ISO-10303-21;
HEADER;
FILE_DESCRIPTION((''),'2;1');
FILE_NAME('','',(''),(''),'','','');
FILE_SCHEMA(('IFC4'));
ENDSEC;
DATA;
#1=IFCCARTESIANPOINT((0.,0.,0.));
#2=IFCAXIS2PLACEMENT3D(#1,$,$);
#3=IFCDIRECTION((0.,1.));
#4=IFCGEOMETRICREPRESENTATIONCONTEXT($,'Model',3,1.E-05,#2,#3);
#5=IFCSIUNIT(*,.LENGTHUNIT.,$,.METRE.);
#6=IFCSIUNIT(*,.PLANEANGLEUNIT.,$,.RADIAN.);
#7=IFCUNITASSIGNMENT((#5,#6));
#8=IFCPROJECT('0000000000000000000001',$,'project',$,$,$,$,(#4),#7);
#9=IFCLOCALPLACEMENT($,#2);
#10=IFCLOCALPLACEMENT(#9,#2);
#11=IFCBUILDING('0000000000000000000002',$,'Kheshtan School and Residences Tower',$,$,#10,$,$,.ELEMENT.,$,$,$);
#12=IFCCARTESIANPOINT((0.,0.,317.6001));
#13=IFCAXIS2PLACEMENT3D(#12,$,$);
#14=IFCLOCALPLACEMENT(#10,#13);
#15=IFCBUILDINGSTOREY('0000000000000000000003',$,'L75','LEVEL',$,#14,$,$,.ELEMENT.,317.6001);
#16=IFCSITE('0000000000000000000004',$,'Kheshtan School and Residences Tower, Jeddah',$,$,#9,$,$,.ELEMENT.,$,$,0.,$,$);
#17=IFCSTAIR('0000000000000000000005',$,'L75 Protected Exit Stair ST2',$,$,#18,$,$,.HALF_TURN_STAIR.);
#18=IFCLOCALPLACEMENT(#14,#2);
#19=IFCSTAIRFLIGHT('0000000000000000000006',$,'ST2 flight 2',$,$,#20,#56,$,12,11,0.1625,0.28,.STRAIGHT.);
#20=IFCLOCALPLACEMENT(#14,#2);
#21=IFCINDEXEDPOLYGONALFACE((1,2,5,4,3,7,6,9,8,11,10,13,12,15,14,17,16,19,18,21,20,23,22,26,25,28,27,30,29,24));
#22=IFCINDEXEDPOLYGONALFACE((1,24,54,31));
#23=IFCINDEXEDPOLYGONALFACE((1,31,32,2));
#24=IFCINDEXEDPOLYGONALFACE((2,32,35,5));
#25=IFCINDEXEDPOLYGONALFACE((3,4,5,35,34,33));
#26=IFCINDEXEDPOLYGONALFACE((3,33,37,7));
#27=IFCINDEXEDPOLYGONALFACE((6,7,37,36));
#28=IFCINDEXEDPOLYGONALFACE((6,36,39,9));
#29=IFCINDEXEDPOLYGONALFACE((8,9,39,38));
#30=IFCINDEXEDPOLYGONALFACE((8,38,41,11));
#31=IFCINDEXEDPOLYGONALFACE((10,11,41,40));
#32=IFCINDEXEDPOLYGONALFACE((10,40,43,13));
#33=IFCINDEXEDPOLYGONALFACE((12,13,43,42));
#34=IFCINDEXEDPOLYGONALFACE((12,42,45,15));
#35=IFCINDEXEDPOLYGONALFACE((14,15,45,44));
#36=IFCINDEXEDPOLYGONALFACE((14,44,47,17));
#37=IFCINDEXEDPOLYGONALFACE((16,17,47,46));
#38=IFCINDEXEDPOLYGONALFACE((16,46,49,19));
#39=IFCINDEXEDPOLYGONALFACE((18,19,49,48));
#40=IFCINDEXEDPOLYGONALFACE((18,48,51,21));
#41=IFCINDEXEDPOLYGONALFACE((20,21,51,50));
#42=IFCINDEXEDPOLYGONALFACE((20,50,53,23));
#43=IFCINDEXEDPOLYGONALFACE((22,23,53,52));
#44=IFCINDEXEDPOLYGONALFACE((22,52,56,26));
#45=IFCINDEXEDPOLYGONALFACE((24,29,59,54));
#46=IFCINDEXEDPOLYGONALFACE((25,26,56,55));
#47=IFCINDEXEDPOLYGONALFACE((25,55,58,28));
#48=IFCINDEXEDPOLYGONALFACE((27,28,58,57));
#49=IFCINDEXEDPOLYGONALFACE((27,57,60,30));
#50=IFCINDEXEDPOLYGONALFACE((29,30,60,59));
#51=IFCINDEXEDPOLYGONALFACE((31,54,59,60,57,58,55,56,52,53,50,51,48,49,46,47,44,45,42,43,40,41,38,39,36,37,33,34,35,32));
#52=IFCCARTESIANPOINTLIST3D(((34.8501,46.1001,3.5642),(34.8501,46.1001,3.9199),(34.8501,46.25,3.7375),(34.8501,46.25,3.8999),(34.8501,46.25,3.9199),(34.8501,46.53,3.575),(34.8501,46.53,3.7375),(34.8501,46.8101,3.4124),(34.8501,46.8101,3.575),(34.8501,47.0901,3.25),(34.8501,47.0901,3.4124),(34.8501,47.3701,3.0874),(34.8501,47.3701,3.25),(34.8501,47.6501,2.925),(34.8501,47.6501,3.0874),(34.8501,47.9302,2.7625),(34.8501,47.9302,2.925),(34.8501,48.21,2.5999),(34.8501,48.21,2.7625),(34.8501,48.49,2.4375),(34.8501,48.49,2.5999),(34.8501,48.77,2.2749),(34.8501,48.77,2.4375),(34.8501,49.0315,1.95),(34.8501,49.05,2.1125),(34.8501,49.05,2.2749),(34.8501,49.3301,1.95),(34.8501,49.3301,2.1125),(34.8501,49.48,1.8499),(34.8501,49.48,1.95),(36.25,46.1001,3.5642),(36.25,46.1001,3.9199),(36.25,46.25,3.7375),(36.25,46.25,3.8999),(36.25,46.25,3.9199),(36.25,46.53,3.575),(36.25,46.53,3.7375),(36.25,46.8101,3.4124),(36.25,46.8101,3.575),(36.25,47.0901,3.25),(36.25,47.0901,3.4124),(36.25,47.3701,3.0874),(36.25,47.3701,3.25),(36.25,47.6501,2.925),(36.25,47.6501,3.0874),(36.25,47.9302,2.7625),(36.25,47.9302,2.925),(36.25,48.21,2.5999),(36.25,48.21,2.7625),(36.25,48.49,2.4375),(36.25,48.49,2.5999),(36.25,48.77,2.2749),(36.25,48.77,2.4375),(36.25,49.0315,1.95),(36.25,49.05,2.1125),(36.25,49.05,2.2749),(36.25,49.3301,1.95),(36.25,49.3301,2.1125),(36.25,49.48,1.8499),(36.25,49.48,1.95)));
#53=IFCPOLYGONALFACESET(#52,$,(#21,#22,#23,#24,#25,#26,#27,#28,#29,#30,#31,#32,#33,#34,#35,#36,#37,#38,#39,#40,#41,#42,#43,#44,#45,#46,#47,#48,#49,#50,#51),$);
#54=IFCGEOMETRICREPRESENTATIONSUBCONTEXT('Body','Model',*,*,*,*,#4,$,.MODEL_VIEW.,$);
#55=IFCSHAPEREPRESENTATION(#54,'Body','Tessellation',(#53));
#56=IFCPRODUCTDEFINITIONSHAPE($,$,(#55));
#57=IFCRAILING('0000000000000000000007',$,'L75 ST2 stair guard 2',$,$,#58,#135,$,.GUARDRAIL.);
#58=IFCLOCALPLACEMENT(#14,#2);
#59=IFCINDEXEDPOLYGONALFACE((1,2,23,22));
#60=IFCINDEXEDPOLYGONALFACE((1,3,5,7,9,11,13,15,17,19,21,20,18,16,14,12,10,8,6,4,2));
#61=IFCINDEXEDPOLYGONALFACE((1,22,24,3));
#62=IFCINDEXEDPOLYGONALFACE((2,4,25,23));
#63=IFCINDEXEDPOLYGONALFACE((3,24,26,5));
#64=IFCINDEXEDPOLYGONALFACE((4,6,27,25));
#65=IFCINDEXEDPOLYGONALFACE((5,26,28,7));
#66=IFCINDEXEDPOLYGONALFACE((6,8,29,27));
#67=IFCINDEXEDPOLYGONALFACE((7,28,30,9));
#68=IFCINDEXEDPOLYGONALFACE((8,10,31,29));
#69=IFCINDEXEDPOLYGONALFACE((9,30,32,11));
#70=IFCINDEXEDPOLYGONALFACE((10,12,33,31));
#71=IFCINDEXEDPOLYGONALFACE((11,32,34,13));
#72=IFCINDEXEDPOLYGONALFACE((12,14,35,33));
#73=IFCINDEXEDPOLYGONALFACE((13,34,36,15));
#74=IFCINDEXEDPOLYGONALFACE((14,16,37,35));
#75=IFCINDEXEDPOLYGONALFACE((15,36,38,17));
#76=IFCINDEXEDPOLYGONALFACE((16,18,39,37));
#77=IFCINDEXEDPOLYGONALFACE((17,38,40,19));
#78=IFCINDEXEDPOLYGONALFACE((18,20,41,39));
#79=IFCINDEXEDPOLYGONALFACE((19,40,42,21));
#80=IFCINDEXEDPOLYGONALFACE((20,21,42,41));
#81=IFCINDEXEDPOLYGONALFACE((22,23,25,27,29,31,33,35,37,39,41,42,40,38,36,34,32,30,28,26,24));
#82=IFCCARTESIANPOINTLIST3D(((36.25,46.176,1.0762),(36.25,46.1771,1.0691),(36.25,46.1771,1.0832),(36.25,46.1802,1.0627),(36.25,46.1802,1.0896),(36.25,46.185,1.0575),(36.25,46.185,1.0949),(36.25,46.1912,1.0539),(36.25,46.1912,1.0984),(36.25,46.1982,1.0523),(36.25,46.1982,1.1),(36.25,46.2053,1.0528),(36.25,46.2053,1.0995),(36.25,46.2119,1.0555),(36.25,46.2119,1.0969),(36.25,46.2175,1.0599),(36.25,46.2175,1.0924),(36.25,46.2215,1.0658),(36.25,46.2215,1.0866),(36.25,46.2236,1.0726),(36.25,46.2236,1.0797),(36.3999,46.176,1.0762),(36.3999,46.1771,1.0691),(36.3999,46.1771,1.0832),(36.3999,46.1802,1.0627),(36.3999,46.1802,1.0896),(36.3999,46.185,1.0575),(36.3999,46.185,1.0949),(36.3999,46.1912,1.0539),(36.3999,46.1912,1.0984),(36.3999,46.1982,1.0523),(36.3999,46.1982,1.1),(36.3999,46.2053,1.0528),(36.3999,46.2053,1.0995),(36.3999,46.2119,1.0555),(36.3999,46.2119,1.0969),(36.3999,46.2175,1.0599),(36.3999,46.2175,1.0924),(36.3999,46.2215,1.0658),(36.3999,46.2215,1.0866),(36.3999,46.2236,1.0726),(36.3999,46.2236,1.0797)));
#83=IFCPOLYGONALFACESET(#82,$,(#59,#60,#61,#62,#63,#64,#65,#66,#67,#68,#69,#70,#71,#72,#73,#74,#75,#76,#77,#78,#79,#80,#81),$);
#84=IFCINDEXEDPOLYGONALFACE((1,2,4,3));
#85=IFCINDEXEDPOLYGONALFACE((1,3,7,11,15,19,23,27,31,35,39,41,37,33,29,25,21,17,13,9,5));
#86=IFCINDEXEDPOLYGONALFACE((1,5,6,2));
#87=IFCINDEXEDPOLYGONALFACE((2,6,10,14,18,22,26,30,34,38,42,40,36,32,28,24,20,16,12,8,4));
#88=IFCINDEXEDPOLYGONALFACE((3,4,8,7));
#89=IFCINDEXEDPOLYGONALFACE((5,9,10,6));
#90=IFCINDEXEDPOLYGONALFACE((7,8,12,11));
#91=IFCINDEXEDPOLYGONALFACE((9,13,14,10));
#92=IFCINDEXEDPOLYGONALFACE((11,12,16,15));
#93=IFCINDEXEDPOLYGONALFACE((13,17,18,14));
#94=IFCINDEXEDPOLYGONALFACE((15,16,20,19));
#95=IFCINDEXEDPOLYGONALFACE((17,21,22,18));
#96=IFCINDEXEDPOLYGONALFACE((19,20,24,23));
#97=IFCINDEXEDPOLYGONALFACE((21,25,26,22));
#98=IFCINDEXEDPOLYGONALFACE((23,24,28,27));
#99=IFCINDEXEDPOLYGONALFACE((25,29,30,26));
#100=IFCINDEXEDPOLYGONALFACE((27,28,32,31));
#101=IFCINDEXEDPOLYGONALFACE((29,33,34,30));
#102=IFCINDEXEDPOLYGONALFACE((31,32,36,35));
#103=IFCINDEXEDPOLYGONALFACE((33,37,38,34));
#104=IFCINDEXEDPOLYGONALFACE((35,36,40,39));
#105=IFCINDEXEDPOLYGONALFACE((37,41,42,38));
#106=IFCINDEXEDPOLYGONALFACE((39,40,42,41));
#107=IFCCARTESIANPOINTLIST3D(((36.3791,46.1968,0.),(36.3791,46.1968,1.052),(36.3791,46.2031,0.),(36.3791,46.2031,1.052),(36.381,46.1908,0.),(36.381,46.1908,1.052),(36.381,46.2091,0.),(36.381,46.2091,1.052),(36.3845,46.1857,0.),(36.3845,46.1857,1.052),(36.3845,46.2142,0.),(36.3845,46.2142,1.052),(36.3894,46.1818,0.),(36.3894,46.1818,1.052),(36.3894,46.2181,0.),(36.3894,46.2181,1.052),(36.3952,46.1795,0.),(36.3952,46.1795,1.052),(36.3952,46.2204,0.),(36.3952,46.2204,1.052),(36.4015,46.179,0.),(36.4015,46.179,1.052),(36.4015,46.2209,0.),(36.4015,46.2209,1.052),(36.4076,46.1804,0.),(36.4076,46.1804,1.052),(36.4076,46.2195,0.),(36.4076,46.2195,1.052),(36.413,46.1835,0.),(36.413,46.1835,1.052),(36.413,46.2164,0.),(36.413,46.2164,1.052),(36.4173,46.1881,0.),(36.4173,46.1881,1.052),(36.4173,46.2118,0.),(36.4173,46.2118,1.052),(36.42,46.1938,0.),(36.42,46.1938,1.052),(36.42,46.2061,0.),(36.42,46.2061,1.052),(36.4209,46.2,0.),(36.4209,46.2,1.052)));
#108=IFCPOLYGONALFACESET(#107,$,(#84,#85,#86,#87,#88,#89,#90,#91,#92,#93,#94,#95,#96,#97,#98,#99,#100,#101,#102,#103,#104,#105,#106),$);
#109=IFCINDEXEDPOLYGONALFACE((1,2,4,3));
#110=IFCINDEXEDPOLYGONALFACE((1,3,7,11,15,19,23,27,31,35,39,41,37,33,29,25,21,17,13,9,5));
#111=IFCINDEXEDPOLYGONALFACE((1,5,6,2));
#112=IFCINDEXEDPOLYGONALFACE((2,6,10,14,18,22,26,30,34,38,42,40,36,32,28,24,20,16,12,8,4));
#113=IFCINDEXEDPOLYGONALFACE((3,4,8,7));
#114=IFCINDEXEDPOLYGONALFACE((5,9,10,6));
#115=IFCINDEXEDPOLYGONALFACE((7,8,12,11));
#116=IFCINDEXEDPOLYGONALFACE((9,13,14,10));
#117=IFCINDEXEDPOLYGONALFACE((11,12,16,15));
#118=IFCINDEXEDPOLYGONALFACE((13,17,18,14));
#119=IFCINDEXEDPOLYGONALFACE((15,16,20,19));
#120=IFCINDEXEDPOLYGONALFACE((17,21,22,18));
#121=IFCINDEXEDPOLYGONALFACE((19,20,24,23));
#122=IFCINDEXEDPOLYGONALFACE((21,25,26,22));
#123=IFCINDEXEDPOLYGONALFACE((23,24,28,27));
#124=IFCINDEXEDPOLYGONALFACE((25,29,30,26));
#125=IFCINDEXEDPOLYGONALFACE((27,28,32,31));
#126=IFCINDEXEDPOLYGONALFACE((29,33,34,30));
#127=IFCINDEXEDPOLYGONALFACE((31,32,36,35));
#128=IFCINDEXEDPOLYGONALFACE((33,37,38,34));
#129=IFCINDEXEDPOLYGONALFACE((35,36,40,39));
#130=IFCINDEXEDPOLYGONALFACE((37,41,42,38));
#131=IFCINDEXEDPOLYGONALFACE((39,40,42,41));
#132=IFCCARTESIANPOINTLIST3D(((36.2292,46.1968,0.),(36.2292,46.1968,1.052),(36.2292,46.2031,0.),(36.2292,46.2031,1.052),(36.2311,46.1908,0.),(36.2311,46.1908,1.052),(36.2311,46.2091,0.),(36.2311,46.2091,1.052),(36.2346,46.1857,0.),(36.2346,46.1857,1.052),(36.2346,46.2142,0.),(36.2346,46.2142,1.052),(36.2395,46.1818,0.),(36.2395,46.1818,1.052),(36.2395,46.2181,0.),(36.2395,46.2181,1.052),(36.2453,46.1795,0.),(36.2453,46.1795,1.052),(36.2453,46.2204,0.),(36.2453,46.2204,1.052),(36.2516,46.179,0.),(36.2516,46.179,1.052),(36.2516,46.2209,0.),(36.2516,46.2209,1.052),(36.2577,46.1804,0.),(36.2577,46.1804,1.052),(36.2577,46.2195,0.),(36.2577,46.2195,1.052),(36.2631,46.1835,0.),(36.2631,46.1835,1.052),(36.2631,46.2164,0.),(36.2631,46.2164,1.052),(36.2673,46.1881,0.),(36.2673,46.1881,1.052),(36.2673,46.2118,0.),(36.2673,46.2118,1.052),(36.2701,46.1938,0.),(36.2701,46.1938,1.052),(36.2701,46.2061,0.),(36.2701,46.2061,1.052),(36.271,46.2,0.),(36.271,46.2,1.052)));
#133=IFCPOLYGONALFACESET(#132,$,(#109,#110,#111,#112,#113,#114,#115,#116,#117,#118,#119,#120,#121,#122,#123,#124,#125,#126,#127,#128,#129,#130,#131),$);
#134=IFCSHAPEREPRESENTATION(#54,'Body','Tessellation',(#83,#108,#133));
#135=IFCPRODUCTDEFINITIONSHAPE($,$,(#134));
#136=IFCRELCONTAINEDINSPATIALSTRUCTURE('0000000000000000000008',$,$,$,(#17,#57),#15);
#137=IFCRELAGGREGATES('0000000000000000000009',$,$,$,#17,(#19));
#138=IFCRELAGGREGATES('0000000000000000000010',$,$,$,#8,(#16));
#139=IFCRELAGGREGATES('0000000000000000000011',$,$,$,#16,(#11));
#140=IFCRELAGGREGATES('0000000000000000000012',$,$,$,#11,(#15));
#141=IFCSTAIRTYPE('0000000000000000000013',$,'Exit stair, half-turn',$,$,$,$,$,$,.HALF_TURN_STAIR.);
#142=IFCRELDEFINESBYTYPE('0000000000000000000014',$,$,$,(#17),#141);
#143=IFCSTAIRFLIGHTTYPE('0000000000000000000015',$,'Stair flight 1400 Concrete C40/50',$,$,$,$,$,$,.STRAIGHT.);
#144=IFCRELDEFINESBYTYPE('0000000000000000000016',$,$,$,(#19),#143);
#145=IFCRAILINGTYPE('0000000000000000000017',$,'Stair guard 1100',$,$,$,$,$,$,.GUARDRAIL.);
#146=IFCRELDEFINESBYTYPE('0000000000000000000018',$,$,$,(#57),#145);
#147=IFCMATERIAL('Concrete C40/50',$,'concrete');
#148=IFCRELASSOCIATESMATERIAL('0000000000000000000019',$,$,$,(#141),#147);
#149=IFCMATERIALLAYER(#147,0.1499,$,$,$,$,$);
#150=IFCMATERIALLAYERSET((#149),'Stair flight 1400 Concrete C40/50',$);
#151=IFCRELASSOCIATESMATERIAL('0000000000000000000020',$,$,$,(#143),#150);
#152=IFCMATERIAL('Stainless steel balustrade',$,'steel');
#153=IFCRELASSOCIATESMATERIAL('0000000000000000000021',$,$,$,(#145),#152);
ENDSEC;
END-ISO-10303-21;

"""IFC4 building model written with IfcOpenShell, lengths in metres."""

from ifc_helpers import new_model, si_unit, direction, frame, origin, origin_2d, place, context, subcontext, project, spatial, polyline, circle, outline, extrude, material, layer, layer_set, type_object, element, aggregate, save


model = new_model("IFC4")

# Units and contexts
model_context = context("Model", 3, precision=1e-05, world=origin(), true_north=direction((0.0, 1.0)))
body_context = subcontext(model_context, "Body", "Model", "MODEL_VIEW")
ifc_project = project(units=[si_unit("LENGTHUNIT", "METRE"), si_unit("PLANEANGLEUNIT", "RADIAN")], contexts=[model_context])

# Site, building, storey
site_placement = place(None, origin())
site = spatial("IfcSite", under=ifc_project, at=site_placement, Name="Kheshtan School and Residences Tower, Jeddah", CompositionType="ELEMENT", RefElevation=0.0)
building_placement = place(site_placement, origin())
building = spatial("IfcBuilding", under=site, at=building_placement, Name="Kheshtan School and Residences Tower", CompositionType="ELEMENT")
storey_placement = place(building_placement, frame((0.0, 0.0, 317.6001)))
storey = spatial("IfcBuildingStorey", under=building, at=storey_placement, Name="L75", Description="LEVEL", CompositionType="ELEMENT", Elevation=317.6001)

# Shared definitions
ifc_material_1 = material(Name="Concrete C40/50", Category="concrete")

# Stair, stair flight
stair_type = type_object("IfcStairType", Name="Exit stair, half-turn", PredefinedType="HALF_TURN_STAIR", material=ifc_material_1)
stair_placement = place(storey_placement, origin())
stair = element("IfcStair", 1, at=stair_placement, inside=storey, type_object=stair_type, Name="L75 Protected Exit Stair ST2", PredefinedType="HALF_TURN_STAIR")
ifc_layer_1 = layer(ifc_material_1, 0.1499)
ifc_layer_set_1 = layer_set([ifc_layer_1], Name="Stair flight 1400 Concrete C40/50")
stair_flight_type = type_object("IfcStairFlightType", Name="Stair flight 1400 Concrete C40/50", PredefinedType="STRAIGHT", material=ifc_layer_set_1)
stair_flight_1_placement = place(storey_placement, frame((35.55, 49.3301, 1.95), z_axis=(0.0, 0.0, 1.0), x_axis=(0.0, -1.0, 0.0)))
stair_flight_1 = element("IfcStairFlight", 2, at=stair_flight_1_placement, type_object=stair_flight_type, Name="ST2 flight 2", NumberOfRisers=12, NumberOfTreads=11, PredefinedType="STRAIGHT", RiserHeight=0.1625, TreadLength=0.28, context=body_context, shape_type="SweptSolid", body=[
    extrude(outline(polyline([(-0.1499, -0.1001), (-0.1499, 0.0), (0.0, 0.0), (0.0, 0.1626), (0.28, 0.1626), (0.28, 0.325), (0.5601, 0.325), (0.5601, 0.4875), (0.8401, 0.4875), (0.8401, 0.6499), (1.1201, 0.6499), (1.1201, 0.8125), (1.3999, 0.8125), (1.3999, 0.9751), (1.6799, 0.9751), (1.6799, 1.1375), (1.96, 1.1375), (1.96, 1.3), (2.24, 1.3), (2.24, 1.4624), (2.52, 1.4624), (2.52, 1.625), (2.8, 1.625), (2.8, 1.7876), (3.0801, 1.7876), (3.0801, 1.95), (3.0801, 1.97), (3.23, 1.97), (3.23, 1.6143), (0.2986, 0.0), (-0.1499, -0.1001)])), frame((0.0, 0.7, 0.0), z_axis=(0.0, -1.0, 0.0), x_axis=(1.0, 0.0, 0.0)), (0.0, 0.0, 1.0), 1.3999),
])
aggregate(stair, [stair_flight_1])

# Railing
ifc_material_2 = material(Name="Stainless steel balustrade", Category="steel")
railing_type_1 = type_object("IfcRailingType", Name="Stair guard 1100", PredefinedType="GUARDRAIL", material=ifc_material_2)
railing_1_placement = place(storey_placement, frame((36.3999, 46.2, 0.0)))
element("IfcRailing", 3, at=railing_1_placement, inside=storey, type_object=railing_type_1, Name="L75 ST2 stair guard 2", PredefinedType="GUARDRAIL", context=body_context, shape_type="SweptSolid", body=[
    extrude(circle(Radius=0.0239, at=origin_2d()), frame((0.0, 0.0, 1.0762), z_axis=(-1.0, 0.0, 0.0), x_axis=(0.0, -1.0, 0.0)), (0.0, 0.0, 1.0), 0.1499),
    extrude(circle(Radius=0.021, at=origin_2d()), origin(), (0.0, 0.0, 1.0), 1.052),
    extrude(circle(Radius=0.021, at=origin_2d()), frame((-0.1499, 0.0, 0.0)), (0.0, 0.0, 1.0), 1.052),
])

save(model, "model.ifc")
